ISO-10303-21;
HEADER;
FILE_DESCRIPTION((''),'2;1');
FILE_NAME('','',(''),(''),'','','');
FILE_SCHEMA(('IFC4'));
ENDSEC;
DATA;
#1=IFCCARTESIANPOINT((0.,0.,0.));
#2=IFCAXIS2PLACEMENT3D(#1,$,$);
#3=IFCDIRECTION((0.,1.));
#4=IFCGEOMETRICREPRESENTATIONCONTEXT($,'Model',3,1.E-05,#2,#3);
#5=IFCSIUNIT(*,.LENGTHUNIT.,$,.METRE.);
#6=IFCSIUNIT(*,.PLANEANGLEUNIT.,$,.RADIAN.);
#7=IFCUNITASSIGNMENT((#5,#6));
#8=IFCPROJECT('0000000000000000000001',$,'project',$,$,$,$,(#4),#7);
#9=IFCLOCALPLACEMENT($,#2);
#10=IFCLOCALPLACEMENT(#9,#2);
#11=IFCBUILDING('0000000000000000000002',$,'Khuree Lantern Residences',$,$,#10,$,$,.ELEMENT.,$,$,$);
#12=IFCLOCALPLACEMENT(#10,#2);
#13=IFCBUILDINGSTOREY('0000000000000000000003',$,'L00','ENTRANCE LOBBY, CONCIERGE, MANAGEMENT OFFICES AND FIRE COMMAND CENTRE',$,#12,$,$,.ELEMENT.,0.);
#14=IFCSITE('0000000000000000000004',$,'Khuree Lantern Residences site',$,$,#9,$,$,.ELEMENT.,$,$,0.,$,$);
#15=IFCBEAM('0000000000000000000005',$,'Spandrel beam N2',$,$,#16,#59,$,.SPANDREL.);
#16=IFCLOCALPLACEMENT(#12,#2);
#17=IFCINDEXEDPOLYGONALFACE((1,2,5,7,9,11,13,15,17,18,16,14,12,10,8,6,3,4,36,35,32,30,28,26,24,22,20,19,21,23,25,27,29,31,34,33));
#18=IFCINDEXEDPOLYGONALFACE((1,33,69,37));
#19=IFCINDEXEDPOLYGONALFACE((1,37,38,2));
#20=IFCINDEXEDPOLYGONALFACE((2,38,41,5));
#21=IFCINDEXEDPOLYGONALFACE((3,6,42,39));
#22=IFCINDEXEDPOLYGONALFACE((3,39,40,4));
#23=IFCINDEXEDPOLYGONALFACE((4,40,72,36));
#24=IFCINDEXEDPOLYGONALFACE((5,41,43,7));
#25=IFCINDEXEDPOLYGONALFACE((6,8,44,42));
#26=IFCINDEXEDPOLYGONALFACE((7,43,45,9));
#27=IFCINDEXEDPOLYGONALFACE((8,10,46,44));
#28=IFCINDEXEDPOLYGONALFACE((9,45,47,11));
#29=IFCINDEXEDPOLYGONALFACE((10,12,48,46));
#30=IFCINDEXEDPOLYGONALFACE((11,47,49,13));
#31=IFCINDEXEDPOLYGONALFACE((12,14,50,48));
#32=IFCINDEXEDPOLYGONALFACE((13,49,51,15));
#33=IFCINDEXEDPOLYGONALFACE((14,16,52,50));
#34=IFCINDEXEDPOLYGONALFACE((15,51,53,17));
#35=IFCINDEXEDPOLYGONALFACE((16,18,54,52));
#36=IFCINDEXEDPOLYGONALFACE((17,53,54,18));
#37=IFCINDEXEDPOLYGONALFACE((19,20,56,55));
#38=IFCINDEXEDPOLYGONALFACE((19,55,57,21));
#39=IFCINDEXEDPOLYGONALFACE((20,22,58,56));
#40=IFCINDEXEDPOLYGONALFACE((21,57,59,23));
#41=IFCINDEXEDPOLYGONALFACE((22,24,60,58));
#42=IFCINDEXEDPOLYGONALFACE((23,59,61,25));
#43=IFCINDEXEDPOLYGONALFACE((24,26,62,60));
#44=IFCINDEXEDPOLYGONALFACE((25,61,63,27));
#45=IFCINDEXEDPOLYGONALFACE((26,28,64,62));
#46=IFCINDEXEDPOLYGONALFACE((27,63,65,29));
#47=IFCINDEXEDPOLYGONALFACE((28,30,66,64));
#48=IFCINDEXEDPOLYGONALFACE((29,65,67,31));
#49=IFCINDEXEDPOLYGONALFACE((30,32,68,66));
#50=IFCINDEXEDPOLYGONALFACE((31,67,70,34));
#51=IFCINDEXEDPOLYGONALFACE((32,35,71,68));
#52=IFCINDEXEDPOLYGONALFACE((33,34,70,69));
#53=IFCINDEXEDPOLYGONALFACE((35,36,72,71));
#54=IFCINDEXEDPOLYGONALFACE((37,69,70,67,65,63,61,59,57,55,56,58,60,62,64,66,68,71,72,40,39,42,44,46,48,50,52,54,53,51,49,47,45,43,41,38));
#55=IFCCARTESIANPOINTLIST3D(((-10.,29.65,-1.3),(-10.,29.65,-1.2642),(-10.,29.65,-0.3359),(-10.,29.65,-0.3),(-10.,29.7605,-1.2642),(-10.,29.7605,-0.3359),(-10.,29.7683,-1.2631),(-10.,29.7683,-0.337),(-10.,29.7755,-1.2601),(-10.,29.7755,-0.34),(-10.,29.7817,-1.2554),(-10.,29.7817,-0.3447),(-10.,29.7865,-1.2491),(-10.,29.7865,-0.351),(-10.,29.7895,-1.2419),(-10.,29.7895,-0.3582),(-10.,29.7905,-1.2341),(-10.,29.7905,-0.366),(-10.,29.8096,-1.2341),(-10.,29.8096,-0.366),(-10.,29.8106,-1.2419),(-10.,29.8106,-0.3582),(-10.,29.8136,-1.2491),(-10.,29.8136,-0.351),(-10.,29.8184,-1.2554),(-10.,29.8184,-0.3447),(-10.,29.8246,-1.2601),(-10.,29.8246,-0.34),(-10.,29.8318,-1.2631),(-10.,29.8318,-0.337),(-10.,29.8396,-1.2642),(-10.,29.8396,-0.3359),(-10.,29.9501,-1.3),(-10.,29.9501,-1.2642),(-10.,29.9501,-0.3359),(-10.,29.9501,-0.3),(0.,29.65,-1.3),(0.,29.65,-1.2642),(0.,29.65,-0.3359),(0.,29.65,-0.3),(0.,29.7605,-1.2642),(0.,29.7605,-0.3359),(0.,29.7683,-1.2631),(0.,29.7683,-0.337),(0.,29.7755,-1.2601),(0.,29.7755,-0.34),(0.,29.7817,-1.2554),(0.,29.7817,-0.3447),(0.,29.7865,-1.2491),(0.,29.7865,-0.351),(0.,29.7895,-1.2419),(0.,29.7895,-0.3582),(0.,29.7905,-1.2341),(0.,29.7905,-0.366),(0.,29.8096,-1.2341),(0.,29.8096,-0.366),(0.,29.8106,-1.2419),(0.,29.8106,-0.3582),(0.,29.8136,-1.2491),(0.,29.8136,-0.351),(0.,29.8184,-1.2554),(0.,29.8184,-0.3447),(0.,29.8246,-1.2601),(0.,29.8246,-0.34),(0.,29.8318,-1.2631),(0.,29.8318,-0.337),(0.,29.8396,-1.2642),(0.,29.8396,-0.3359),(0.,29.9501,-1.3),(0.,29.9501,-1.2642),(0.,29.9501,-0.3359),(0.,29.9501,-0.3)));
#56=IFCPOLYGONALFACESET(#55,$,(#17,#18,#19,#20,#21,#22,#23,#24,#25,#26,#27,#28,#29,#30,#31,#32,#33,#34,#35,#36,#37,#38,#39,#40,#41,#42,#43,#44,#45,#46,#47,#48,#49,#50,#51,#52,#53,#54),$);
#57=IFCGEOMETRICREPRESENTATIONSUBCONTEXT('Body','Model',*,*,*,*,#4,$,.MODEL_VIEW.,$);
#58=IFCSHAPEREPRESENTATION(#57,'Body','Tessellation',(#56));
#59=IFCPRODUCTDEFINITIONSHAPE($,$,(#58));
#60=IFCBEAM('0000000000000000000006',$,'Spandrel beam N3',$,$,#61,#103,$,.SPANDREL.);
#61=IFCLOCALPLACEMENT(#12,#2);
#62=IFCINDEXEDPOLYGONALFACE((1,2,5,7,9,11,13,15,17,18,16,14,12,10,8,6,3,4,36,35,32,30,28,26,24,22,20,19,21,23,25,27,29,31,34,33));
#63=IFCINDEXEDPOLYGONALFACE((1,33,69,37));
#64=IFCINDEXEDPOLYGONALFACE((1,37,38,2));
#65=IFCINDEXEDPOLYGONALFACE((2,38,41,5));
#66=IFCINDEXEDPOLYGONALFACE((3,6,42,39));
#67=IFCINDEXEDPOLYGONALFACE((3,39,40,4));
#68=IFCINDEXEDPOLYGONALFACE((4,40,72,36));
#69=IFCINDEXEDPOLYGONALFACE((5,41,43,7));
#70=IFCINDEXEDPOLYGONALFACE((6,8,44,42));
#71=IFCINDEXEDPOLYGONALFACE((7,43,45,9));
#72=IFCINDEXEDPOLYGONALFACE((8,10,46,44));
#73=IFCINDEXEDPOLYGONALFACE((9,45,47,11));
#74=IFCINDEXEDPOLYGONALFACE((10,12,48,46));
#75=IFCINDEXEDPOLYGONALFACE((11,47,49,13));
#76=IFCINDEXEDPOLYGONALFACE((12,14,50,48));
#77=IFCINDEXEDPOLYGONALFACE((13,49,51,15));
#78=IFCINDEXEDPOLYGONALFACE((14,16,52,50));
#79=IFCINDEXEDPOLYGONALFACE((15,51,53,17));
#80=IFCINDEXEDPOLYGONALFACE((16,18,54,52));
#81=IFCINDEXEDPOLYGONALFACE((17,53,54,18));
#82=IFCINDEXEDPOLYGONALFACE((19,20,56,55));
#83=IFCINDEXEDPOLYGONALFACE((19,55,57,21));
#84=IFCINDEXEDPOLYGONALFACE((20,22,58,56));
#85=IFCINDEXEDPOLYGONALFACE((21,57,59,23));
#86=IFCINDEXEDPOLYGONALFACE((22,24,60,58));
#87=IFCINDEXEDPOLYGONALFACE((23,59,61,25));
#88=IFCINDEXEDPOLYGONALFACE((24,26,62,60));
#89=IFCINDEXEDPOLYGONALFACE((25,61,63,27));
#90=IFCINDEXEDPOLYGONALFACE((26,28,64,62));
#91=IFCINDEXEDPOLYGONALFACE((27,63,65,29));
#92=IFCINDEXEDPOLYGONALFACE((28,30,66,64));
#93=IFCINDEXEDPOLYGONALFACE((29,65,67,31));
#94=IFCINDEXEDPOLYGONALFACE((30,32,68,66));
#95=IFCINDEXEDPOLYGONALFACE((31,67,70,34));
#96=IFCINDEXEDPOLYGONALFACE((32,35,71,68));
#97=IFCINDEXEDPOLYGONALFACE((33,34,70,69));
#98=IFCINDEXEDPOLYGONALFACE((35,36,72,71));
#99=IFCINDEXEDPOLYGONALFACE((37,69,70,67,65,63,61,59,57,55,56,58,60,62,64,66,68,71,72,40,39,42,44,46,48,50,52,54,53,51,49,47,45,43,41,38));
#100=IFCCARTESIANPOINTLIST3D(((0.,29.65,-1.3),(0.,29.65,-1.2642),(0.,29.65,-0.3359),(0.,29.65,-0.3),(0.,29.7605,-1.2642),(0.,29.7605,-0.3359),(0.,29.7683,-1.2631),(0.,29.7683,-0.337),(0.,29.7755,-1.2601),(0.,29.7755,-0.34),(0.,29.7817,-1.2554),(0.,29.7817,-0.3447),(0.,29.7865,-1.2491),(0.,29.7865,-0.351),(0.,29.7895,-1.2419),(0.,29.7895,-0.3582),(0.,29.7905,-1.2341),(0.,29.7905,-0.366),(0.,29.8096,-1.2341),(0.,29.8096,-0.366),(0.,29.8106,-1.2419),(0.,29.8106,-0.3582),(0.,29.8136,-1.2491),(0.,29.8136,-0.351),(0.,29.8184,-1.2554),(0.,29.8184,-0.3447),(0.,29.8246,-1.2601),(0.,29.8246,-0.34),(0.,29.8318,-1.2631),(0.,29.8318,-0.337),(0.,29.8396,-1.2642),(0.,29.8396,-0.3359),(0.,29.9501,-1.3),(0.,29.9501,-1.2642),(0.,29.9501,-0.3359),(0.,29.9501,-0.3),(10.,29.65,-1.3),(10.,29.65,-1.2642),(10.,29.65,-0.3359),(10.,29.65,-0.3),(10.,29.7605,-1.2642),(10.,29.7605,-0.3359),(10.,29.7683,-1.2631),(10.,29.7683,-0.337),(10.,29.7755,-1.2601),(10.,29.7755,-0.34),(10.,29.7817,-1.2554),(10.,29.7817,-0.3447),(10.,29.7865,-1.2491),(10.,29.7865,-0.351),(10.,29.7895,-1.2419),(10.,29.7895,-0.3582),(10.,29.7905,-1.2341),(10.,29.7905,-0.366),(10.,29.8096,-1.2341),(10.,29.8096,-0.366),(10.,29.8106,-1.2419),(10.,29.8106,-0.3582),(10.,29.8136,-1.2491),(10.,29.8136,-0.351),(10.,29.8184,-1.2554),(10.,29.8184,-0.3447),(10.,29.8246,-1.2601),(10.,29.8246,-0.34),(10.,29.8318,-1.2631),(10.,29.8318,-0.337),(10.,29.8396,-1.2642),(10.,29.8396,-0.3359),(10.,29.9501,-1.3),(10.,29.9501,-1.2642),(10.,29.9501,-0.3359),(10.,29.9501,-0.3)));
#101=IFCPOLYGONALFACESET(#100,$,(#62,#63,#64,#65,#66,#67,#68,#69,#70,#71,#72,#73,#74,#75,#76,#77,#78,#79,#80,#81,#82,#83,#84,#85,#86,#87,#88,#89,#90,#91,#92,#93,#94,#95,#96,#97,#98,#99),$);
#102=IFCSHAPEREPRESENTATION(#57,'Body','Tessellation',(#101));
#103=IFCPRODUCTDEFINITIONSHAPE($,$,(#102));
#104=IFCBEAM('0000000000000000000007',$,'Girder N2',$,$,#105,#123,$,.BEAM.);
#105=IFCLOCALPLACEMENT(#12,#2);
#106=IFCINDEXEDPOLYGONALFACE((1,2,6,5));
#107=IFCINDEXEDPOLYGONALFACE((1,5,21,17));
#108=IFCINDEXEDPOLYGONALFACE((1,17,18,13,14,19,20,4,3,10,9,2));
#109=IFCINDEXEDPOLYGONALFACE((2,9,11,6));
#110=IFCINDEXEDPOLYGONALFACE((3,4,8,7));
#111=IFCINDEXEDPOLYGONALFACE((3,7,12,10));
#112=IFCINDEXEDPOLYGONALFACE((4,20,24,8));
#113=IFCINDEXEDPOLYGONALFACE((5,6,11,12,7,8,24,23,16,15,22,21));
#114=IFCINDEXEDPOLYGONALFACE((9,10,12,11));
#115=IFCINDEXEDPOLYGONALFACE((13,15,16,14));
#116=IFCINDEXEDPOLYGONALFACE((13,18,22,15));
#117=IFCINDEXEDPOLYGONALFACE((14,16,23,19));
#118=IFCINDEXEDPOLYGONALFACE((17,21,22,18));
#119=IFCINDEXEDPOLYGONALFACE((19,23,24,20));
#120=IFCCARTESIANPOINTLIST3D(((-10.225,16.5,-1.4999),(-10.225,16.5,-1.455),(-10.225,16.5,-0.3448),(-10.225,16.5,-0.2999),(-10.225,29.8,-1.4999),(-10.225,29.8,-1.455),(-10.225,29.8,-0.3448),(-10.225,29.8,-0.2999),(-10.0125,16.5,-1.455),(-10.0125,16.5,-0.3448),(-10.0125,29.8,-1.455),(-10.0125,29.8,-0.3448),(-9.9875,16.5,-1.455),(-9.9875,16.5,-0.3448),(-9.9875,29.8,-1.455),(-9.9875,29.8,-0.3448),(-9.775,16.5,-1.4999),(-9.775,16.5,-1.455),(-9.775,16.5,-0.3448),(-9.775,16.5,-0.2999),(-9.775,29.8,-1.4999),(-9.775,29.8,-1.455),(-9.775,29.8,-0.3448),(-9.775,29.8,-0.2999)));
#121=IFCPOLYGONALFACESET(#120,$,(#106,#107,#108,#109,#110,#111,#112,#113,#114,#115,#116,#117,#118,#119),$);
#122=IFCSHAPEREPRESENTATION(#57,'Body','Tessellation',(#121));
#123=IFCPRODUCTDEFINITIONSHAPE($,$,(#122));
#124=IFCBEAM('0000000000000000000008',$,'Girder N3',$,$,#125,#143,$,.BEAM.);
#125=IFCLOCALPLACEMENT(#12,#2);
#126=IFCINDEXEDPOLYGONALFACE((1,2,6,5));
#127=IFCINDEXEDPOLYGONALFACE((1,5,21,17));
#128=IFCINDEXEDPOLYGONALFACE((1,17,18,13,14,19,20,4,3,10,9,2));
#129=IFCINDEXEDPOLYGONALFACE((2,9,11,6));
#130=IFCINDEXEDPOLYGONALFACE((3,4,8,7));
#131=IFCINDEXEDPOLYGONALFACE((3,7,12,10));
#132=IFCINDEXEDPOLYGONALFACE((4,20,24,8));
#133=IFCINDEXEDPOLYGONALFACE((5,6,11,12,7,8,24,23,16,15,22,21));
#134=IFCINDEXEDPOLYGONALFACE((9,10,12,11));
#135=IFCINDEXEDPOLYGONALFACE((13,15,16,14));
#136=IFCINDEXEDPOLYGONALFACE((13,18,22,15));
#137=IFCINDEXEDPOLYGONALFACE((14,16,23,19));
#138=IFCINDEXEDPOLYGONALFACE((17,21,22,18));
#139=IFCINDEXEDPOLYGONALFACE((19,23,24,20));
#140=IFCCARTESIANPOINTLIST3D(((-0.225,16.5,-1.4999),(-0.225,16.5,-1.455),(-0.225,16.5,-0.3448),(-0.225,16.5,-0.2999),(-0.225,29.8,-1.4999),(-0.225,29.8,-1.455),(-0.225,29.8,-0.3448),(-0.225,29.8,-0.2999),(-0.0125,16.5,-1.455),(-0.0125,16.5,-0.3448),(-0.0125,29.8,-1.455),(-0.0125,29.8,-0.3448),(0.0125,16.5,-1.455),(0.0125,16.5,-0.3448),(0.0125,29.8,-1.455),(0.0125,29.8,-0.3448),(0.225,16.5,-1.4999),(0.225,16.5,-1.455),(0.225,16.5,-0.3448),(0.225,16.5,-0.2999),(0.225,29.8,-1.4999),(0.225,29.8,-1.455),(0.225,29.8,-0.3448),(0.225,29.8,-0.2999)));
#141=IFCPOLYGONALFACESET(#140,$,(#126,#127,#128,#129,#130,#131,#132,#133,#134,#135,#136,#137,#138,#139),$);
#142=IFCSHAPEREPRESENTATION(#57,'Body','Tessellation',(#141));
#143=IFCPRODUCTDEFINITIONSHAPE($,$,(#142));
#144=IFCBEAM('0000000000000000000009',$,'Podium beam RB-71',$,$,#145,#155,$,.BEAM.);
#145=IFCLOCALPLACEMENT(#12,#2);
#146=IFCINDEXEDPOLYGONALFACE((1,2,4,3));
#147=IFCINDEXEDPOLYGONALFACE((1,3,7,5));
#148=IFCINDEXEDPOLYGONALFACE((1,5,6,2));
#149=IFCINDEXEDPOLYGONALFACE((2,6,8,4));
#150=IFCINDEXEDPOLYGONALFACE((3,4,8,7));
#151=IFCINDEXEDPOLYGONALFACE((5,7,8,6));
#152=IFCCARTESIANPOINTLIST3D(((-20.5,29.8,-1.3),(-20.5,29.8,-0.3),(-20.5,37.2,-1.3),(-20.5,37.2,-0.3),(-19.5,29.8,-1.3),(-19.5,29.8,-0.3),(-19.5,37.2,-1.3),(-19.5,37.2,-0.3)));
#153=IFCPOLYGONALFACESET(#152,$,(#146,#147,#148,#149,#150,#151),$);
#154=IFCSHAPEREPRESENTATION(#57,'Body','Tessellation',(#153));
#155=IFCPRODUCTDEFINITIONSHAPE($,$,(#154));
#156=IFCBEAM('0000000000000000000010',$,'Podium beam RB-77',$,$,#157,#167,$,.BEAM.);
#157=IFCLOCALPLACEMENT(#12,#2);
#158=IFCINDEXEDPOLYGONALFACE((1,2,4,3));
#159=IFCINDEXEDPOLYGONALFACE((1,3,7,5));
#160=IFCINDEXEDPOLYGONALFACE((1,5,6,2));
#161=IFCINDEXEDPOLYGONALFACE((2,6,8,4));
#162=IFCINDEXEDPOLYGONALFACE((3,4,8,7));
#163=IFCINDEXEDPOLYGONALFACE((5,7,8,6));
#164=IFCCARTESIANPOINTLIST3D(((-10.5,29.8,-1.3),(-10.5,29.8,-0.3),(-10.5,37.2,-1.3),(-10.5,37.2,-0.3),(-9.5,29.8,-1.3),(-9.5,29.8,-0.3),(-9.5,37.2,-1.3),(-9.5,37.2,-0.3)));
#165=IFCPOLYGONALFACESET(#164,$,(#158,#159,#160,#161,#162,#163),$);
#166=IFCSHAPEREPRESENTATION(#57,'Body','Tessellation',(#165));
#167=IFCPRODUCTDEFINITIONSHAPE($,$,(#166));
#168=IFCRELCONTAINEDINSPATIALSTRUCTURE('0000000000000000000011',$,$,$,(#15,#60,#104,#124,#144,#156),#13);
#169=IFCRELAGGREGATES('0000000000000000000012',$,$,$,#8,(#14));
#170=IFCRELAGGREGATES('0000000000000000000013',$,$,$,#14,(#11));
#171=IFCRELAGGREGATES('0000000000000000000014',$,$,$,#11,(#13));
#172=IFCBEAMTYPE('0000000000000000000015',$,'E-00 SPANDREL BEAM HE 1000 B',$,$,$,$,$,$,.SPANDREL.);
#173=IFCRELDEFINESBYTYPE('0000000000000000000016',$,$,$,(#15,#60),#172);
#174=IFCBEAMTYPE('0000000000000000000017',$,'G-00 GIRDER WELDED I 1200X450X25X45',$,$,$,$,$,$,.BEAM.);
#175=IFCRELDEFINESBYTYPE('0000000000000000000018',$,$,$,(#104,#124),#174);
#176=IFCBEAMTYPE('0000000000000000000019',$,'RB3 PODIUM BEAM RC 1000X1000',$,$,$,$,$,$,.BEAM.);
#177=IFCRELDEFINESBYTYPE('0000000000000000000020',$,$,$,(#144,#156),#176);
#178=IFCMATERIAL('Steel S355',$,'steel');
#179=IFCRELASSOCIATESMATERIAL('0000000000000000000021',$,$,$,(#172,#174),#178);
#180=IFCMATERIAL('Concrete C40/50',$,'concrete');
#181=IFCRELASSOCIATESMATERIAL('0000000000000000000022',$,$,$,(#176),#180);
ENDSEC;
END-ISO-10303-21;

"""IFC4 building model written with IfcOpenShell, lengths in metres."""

from ifc_helpers import new_model, si_unit, direction, frame, origin, origin_2d, place, context, subcontext, project, spatial, rectangle, i_section, extrude, material, material_profile, profile_set, type_object, element, save


model = new_model("IFC4")

# Units and contexts
model_context = context("Model", 3, precision=1e-05, world=origin(), true_north=direction((0.0, 1.0)))
body_context = subcontext(model_context, "Body", "Model", "MODEL_VIEW")
ifc_project = project(units=[si_unit("LENGTHUNIT", "METRE"), si_unit("PLANEANGLEUNIT", "RADIAN")], contexts=[model_context])

# Site, building, storey
site_placement = place(None, origin())
site = spatial("IfcSite", under=ifc_project, at=site_placement, Name="Khuree Lantern Residences site", CompositionType="ELEMENT", RefElevation=0.0)
building_placement = place(site_placement, origin())
building = spatial("IfcBuilding", under=site, at=building_placement, Name="Khuree Lantern Residences", CompositionType="ELEMENT")
storey_placement = place(building_placement, origin())
storey = spatial("IfcBuildingStorey", under=building, at=storey_placement, Name="L00", Description="ENTRANCE LOBBY, CONCIERGE, MANAGEMENT OFFICES AND FIRE COMMAND CENTRE", CompositionType="ELEMENT", Elevation=0.0)

# Beams
ifc_material_1 = material(Name="Steel S355", Category="steel")
ifc_material_profile_1 = material_profile(ifc_material_1, i_section(OverallWidth=0.3, OverallDepth=1.0, WebThickness=0.019, FlangeThickness=0.0359, FilletRadius=0.03, at=origin_2d()), Name="HE 1000 B")
ifc_profile_set_1 = profile_set([ifc_material_profile_1], Name="Steel S355")
beam_type_1 = type_object("IfcBeamType", Name="E-00 SPANDREL BEAM HE 1000 B", PredefinedType="SPANDREL", material=ifc_profile_set_1)
for number, where, z_axis, x_axis, name in (
    (1, (-10.0, 29.8, -0.8), (1.0, 0.0, 0.0), (0.0, 1.0, 0.0), "Spandrel beam N2"),
    (2, (0.0, 29.8, -0.8), (1.0, 0.0, 0.0), (0.0, 1.0, 0.0), "Spandrel beam N3"),
):
    element("IfcBeam", number, at=place(storey_placement, frame(where, z_axis=z_axis, x_axis=x_axis)), inside=storey, type_object=beam_type_1, Name=name, PredefinedType="SPANDREL", context=body_context, shape_type="SweptSolid", body=[
        extrude(i_section(OverallWidth=0.3, OverallDepth=1.0, WebThickness=0.019, FlangeThickness=0.0359, FilletRadius=0.03, at=origin_2d()), origin(), (0.0, 0.0, 1.0), 10.0),
    ])
ifc_material_profile_2 = material_profile(ifc_material_1, i_section(OverallWidth=0.45, OverallDepth=1.2, WebThickness=0.0249, FlangeThickness=0.0449, at=origin_2d()), Name="WELDED I 1200X450X25X45")
ifc_profile_set_2 = profile_set([ifc_material_profile_2], Name="Steel S355")
beam_type_2 = type_object("IfcBeamType", Name="G-00 GIRDER WELDED I 1200X450X25X45", PredefinedType="BEAM", material=ifc_profile_set_2)
for number, where, z_axis, x_axis, name in (
    (3, (-10.0, 29.8, -0.8999), (0.0, -1.0, 0.0), (1.0, 0.0, 0.0), "Girder N2"),
    (4, (0.0, 29.8, -0.8999), (0.0, -1.0, 0.0), (1.0, 0.0, 0.0), "Girder N3"),
):
    element("IfcBeam", number, at=place(storey_placement, frame(where, z_axis=z_axis, x_axis=x_axis)), inside=storey, type_object=beam_type_2, Name=name, PredefinedType="BEAM", context=body_context, shape_type="SweptSolid", body=[
        extrude(i_section(OverallWidth=0.45, OverallDepth=1.2, WebThickness=0.0249, FlangeThickness=0.0449, at=origin_2d()), origin(), (0.0, 0.0, 1.0), 13.3),
    ])
ifc_material_2 = material(Name="Concrete C40/50", Category="concrete")
ifc_material_profile_3 = material_profile(ifc_material_2, rectangle(XDim=1.0, YDim=1.0, at=origin_2d()), Name="RC 1000X1000")
ifc_profile_set_3 = profile_set([ifc_material_profile_3], Name="Concrete C40/50")
beam_type_3 = type_object("IfcBeamType", Name="RB3 PODIUM BEAM RC 1000X1000", PredefinedType="BEAM", material=ifc_profile_set_3)
for number, where, z_axis, x_axis, name in (
    (5, (-20.0, 29.8, -0.8), (0.0, 1.0, 0.0), (-1.0, 0.0, 0.0), "Podium beam RB-71"),
    (6, (-10.0, 29.8, -0.8), (0.0, 1.0, 0.0), (-1.0, 0.0, 0.0), "Podium beam RB-77"),
):
    element("IfcBeam", number, at=place(storey_placement, frame(where, z_axis=z_axis, x_axis=x_axis)), inside=storey, type_object=beam_type_3, Name=name, PredefinedType="BEAM", context=body_context, shape_type="SweptSolid", body=[
        extrude(rectangle(XDim=1.0, YDim=1.0, at=origin_2d()), origin(), (0.0, 0.0, 1.0), 7.3999),
    ])

save(model, "model.ifc")
